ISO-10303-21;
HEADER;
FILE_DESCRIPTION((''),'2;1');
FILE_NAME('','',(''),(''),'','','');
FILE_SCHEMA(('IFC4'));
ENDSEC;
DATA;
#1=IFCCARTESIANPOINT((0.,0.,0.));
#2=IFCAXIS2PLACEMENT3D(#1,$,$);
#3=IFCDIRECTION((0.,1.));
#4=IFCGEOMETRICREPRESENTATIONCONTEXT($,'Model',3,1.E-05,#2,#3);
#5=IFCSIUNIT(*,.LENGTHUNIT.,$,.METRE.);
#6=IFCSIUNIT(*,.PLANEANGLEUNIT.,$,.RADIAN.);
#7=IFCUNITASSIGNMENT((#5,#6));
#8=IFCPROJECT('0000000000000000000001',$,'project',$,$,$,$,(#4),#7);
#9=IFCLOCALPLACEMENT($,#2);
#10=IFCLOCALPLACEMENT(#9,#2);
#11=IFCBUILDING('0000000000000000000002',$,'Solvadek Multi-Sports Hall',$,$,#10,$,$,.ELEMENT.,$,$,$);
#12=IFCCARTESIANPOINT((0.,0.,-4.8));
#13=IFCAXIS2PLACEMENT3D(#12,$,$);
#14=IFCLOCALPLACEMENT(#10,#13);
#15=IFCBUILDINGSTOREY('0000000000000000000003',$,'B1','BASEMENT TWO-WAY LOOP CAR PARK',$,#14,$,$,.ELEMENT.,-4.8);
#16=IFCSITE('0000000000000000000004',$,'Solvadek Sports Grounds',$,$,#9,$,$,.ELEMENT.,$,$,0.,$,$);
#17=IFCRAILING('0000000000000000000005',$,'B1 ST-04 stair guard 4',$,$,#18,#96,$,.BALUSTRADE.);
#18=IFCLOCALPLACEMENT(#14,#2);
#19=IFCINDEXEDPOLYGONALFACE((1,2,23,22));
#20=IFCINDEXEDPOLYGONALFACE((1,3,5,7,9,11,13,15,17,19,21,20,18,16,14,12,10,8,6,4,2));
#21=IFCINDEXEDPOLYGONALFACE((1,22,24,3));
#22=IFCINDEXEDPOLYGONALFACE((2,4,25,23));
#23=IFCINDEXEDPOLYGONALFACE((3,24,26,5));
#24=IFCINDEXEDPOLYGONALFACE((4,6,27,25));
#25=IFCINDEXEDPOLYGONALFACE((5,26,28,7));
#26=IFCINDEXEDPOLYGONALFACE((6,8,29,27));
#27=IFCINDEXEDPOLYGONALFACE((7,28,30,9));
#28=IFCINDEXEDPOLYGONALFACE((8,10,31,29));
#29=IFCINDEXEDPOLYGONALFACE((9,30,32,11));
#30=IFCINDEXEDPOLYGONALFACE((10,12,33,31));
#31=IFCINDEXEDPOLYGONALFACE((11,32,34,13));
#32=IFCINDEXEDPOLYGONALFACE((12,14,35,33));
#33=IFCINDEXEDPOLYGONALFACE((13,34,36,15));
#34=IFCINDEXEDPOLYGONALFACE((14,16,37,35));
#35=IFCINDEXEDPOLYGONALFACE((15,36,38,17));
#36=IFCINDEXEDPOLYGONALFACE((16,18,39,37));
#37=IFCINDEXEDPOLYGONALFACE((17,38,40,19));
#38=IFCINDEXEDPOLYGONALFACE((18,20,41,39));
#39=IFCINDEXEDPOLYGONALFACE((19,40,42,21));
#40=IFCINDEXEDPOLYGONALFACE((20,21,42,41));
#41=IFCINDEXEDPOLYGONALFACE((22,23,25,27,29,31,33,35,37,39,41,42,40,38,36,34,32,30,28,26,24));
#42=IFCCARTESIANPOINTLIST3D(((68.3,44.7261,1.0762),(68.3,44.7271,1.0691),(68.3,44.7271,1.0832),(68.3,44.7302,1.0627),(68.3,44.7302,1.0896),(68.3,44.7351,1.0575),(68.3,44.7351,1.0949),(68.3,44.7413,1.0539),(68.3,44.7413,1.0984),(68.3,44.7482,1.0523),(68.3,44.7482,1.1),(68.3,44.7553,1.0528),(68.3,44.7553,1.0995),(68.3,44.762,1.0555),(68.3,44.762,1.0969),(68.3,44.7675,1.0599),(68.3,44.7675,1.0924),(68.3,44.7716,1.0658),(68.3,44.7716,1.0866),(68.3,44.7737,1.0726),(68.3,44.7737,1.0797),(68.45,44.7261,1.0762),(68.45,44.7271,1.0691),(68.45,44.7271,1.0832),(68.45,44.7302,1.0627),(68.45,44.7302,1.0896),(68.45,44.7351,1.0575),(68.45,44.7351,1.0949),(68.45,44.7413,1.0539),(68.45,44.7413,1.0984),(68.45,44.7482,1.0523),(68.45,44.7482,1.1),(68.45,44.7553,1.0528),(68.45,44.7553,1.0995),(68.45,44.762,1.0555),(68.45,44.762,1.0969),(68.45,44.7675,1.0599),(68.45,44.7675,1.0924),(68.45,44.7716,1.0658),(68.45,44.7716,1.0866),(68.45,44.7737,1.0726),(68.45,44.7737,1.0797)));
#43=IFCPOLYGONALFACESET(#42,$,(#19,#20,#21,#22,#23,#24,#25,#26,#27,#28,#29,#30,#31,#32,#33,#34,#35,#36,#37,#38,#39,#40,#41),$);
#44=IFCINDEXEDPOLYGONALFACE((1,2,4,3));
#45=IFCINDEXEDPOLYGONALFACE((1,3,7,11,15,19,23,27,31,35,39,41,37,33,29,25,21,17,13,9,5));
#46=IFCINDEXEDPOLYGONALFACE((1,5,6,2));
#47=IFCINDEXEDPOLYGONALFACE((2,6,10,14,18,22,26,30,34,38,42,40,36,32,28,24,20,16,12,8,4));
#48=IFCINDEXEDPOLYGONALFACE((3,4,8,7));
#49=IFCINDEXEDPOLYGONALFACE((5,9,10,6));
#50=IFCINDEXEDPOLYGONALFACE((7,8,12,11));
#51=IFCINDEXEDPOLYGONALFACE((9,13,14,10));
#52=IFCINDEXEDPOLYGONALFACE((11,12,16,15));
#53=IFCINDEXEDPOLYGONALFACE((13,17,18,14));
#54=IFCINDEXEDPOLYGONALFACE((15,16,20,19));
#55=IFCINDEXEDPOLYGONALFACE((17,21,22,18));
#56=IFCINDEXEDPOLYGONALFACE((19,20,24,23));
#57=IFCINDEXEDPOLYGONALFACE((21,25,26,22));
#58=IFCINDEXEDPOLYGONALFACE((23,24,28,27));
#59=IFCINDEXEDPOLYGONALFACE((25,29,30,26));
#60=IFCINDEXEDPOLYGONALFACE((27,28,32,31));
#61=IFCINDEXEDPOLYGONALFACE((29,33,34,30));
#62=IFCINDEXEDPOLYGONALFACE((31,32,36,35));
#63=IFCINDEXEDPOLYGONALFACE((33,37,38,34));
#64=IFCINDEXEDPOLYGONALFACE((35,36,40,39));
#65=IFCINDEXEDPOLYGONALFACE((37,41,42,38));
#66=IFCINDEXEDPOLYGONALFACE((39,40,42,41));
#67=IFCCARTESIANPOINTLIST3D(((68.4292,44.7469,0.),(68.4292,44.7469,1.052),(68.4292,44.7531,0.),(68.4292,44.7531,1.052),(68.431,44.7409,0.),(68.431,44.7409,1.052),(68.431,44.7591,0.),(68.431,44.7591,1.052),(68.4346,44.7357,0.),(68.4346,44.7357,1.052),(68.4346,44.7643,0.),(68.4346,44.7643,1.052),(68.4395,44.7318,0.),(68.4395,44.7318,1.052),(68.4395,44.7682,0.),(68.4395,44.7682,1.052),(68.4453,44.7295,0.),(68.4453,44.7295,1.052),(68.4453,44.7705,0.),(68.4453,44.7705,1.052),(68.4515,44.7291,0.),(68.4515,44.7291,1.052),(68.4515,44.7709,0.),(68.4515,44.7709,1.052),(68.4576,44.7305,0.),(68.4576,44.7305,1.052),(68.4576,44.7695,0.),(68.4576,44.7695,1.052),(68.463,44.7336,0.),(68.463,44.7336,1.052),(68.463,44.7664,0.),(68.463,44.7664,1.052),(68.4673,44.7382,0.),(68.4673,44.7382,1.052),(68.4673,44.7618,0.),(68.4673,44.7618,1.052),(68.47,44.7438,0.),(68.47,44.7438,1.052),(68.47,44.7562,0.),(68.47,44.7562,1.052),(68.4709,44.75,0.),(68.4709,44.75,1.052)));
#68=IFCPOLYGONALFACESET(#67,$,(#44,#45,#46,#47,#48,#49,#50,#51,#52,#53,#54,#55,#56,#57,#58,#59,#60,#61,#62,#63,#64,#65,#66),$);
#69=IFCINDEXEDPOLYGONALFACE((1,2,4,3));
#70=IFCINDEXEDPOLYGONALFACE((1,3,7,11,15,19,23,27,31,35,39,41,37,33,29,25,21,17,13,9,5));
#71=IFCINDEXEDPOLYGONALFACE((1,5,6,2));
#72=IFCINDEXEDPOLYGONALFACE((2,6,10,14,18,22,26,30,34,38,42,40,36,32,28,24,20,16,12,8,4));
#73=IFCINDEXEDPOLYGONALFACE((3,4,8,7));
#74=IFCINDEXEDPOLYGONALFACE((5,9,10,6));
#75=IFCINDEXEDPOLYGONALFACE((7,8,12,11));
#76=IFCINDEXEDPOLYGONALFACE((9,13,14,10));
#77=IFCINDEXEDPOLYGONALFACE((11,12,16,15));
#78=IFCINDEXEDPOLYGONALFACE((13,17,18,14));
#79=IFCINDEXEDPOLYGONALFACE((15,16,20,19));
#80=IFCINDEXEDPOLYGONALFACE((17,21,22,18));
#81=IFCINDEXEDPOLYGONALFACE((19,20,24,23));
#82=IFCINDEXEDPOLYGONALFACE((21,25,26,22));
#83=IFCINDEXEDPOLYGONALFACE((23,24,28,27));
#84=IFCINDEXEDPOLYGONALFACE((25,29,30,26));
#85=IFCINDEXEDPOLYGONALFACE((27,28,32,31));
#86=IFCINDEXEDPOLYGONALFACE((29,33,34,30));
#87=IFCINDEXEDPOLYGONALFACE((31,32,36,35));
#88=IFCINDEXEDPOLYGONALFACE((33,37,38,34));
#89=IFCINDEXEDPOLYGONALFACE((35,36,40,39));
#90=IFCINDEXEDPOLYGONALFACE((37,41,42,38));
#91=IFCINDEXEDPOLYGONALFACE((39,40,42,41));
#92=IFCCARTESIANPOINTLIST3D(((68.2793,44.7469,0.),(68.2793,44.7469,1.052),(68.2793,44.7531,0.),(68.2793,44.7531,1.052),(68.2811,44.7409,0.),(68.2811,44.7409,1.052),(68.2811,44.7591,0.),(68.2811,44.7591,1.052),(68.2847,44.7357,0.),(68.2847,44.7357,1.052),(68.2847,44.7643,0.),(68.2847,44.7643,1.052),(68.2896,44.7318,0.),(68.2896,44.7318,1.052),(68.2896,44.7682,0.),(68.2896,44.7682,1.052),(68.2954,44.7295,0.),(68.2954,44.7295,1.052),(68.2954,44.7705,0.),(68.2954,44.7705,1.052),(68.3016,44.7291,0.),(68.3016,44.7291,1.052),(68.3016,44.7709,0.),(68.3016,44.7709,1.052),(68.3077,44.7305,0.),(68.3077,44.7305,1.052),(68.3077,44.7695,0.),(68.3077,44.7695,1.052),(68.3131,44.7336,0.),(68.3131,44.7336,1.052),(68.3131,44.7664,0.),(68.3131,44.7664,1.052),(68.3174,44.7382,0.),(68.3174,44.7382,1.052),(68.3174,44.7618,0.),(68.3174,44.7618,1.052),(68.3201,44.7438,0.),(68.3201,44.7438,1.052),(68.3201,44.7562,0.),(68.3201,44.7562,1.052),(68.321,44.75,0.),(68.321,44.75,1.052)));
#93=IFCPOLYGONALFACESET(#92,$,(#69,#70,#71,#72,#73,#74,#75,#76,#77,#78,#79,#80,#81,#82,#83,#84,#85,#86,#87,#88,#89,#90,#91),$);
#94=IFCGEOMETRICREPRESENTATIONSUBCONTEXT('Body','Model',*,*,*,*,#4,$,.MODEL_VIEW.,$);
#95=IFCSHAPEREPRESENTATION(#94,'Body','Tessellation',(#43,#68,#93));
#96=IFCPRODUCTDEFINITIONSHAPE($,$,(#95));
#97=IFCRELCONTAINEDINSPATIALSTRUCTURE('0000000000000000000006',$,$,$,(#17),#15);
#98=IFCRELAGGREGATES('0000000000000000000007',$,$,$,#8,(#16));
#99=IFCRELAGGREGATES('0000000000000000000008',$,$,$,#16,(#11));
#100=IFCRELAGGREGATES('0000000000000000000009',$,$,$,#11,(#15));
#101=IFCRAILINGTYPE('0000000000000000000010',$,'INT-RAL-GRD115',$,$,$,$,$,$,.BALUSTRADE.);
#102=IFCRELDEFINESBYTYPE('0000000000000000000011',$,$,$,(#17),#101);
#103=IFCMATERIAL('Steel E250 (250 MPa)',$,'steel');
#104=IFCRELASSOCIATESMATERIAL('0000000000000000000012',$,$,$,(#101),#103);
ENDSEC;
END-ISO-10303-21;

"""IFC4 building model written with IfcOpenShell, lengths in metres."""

from ifc_helpers import new_model, si_unit, direction, frame, origin, origin_2d, place, context, subcontext, project, spatial, circle, extrude, material, type_object, element, save


model = new_model("IFC4")

# Units and contexts
model_context = context("Model", 3, precision=1e-05, world=origin(), true_north=direction((0.0, 1.0)))
body_context = subcontext(model_context, "Body", "Model", "MODEL_VIEW")
ifc_project = project(units=[si_unit("LENGTHUNIT", "METRE"), si_unit("PLANEANGLEUNIT", "RADIAN")], contexts=[model_context])

# Site, building, storey
site_placement = place(None, origin())
site = spatial("IfcSite", under=ifc_project, at=site_placement, Name="Solvadek Sports Grounds", CompositionType="ELEMENT", RefElevation=0.0)
building_placement = place(site_placement, origin())
building = spatial("IfcBuilding", under=site, at=building_placement, Name="Solvadek Multi-Sports Hall", CompositionType="ELEMENT")
storey_placement = place(building_placement, frame((0.0, 0.0, -4.8)))
storey = spatial("IfcBuildingStorey", under=building, at=storey_placement, Name="B1", Description="BASEMENT TWO-WAY LOOP CAR PARK", CompositionType="ELEMENT", Elevation=-4.8)

# Shared definitions
ifc_material_1 = material(Name="Steel E250 (250 MPa)", Category="steel")

# Railing
railing_type_1 = type_object("IfcRailingType", Name="INT-RAL-GRD115", PredefinedType="BALUSTRADE", material=ifc_material_1)
railing_1_placement = place(storey_placement, frame((68.45, 44.75, 0.0)))
element("IfcRailing", 1, at=railing_1_placement, inside=storey, type_object=railing_type_1, Name="B1 ST-04 stair guard 4", PredefinedType="BALUSTRADE", context=body_context, shape_type="SweptSolid", body=[
    extrude(circle(Radius=0.0239, at=origin_2d()), frame((0.0, 0.0, 1.0762), z_axis=(-1.0, 0.0, 0.0), x_axis=(0.0, -1.0, 0.0)), (0.0, 0.0, 1.0), 0.1499),
    extrude(circle(Radius=0.021, at=origin_2d()), origin(), (0.0, 0.0, 1.0), 1.052),
    extrude(circle(Radius=0.021, at=origin_2d()), frame((-0.1499, 0.0, 0.0)), (0.0, 0.0, 1.0), 1.052),
])

save(model, "model.ifc")
